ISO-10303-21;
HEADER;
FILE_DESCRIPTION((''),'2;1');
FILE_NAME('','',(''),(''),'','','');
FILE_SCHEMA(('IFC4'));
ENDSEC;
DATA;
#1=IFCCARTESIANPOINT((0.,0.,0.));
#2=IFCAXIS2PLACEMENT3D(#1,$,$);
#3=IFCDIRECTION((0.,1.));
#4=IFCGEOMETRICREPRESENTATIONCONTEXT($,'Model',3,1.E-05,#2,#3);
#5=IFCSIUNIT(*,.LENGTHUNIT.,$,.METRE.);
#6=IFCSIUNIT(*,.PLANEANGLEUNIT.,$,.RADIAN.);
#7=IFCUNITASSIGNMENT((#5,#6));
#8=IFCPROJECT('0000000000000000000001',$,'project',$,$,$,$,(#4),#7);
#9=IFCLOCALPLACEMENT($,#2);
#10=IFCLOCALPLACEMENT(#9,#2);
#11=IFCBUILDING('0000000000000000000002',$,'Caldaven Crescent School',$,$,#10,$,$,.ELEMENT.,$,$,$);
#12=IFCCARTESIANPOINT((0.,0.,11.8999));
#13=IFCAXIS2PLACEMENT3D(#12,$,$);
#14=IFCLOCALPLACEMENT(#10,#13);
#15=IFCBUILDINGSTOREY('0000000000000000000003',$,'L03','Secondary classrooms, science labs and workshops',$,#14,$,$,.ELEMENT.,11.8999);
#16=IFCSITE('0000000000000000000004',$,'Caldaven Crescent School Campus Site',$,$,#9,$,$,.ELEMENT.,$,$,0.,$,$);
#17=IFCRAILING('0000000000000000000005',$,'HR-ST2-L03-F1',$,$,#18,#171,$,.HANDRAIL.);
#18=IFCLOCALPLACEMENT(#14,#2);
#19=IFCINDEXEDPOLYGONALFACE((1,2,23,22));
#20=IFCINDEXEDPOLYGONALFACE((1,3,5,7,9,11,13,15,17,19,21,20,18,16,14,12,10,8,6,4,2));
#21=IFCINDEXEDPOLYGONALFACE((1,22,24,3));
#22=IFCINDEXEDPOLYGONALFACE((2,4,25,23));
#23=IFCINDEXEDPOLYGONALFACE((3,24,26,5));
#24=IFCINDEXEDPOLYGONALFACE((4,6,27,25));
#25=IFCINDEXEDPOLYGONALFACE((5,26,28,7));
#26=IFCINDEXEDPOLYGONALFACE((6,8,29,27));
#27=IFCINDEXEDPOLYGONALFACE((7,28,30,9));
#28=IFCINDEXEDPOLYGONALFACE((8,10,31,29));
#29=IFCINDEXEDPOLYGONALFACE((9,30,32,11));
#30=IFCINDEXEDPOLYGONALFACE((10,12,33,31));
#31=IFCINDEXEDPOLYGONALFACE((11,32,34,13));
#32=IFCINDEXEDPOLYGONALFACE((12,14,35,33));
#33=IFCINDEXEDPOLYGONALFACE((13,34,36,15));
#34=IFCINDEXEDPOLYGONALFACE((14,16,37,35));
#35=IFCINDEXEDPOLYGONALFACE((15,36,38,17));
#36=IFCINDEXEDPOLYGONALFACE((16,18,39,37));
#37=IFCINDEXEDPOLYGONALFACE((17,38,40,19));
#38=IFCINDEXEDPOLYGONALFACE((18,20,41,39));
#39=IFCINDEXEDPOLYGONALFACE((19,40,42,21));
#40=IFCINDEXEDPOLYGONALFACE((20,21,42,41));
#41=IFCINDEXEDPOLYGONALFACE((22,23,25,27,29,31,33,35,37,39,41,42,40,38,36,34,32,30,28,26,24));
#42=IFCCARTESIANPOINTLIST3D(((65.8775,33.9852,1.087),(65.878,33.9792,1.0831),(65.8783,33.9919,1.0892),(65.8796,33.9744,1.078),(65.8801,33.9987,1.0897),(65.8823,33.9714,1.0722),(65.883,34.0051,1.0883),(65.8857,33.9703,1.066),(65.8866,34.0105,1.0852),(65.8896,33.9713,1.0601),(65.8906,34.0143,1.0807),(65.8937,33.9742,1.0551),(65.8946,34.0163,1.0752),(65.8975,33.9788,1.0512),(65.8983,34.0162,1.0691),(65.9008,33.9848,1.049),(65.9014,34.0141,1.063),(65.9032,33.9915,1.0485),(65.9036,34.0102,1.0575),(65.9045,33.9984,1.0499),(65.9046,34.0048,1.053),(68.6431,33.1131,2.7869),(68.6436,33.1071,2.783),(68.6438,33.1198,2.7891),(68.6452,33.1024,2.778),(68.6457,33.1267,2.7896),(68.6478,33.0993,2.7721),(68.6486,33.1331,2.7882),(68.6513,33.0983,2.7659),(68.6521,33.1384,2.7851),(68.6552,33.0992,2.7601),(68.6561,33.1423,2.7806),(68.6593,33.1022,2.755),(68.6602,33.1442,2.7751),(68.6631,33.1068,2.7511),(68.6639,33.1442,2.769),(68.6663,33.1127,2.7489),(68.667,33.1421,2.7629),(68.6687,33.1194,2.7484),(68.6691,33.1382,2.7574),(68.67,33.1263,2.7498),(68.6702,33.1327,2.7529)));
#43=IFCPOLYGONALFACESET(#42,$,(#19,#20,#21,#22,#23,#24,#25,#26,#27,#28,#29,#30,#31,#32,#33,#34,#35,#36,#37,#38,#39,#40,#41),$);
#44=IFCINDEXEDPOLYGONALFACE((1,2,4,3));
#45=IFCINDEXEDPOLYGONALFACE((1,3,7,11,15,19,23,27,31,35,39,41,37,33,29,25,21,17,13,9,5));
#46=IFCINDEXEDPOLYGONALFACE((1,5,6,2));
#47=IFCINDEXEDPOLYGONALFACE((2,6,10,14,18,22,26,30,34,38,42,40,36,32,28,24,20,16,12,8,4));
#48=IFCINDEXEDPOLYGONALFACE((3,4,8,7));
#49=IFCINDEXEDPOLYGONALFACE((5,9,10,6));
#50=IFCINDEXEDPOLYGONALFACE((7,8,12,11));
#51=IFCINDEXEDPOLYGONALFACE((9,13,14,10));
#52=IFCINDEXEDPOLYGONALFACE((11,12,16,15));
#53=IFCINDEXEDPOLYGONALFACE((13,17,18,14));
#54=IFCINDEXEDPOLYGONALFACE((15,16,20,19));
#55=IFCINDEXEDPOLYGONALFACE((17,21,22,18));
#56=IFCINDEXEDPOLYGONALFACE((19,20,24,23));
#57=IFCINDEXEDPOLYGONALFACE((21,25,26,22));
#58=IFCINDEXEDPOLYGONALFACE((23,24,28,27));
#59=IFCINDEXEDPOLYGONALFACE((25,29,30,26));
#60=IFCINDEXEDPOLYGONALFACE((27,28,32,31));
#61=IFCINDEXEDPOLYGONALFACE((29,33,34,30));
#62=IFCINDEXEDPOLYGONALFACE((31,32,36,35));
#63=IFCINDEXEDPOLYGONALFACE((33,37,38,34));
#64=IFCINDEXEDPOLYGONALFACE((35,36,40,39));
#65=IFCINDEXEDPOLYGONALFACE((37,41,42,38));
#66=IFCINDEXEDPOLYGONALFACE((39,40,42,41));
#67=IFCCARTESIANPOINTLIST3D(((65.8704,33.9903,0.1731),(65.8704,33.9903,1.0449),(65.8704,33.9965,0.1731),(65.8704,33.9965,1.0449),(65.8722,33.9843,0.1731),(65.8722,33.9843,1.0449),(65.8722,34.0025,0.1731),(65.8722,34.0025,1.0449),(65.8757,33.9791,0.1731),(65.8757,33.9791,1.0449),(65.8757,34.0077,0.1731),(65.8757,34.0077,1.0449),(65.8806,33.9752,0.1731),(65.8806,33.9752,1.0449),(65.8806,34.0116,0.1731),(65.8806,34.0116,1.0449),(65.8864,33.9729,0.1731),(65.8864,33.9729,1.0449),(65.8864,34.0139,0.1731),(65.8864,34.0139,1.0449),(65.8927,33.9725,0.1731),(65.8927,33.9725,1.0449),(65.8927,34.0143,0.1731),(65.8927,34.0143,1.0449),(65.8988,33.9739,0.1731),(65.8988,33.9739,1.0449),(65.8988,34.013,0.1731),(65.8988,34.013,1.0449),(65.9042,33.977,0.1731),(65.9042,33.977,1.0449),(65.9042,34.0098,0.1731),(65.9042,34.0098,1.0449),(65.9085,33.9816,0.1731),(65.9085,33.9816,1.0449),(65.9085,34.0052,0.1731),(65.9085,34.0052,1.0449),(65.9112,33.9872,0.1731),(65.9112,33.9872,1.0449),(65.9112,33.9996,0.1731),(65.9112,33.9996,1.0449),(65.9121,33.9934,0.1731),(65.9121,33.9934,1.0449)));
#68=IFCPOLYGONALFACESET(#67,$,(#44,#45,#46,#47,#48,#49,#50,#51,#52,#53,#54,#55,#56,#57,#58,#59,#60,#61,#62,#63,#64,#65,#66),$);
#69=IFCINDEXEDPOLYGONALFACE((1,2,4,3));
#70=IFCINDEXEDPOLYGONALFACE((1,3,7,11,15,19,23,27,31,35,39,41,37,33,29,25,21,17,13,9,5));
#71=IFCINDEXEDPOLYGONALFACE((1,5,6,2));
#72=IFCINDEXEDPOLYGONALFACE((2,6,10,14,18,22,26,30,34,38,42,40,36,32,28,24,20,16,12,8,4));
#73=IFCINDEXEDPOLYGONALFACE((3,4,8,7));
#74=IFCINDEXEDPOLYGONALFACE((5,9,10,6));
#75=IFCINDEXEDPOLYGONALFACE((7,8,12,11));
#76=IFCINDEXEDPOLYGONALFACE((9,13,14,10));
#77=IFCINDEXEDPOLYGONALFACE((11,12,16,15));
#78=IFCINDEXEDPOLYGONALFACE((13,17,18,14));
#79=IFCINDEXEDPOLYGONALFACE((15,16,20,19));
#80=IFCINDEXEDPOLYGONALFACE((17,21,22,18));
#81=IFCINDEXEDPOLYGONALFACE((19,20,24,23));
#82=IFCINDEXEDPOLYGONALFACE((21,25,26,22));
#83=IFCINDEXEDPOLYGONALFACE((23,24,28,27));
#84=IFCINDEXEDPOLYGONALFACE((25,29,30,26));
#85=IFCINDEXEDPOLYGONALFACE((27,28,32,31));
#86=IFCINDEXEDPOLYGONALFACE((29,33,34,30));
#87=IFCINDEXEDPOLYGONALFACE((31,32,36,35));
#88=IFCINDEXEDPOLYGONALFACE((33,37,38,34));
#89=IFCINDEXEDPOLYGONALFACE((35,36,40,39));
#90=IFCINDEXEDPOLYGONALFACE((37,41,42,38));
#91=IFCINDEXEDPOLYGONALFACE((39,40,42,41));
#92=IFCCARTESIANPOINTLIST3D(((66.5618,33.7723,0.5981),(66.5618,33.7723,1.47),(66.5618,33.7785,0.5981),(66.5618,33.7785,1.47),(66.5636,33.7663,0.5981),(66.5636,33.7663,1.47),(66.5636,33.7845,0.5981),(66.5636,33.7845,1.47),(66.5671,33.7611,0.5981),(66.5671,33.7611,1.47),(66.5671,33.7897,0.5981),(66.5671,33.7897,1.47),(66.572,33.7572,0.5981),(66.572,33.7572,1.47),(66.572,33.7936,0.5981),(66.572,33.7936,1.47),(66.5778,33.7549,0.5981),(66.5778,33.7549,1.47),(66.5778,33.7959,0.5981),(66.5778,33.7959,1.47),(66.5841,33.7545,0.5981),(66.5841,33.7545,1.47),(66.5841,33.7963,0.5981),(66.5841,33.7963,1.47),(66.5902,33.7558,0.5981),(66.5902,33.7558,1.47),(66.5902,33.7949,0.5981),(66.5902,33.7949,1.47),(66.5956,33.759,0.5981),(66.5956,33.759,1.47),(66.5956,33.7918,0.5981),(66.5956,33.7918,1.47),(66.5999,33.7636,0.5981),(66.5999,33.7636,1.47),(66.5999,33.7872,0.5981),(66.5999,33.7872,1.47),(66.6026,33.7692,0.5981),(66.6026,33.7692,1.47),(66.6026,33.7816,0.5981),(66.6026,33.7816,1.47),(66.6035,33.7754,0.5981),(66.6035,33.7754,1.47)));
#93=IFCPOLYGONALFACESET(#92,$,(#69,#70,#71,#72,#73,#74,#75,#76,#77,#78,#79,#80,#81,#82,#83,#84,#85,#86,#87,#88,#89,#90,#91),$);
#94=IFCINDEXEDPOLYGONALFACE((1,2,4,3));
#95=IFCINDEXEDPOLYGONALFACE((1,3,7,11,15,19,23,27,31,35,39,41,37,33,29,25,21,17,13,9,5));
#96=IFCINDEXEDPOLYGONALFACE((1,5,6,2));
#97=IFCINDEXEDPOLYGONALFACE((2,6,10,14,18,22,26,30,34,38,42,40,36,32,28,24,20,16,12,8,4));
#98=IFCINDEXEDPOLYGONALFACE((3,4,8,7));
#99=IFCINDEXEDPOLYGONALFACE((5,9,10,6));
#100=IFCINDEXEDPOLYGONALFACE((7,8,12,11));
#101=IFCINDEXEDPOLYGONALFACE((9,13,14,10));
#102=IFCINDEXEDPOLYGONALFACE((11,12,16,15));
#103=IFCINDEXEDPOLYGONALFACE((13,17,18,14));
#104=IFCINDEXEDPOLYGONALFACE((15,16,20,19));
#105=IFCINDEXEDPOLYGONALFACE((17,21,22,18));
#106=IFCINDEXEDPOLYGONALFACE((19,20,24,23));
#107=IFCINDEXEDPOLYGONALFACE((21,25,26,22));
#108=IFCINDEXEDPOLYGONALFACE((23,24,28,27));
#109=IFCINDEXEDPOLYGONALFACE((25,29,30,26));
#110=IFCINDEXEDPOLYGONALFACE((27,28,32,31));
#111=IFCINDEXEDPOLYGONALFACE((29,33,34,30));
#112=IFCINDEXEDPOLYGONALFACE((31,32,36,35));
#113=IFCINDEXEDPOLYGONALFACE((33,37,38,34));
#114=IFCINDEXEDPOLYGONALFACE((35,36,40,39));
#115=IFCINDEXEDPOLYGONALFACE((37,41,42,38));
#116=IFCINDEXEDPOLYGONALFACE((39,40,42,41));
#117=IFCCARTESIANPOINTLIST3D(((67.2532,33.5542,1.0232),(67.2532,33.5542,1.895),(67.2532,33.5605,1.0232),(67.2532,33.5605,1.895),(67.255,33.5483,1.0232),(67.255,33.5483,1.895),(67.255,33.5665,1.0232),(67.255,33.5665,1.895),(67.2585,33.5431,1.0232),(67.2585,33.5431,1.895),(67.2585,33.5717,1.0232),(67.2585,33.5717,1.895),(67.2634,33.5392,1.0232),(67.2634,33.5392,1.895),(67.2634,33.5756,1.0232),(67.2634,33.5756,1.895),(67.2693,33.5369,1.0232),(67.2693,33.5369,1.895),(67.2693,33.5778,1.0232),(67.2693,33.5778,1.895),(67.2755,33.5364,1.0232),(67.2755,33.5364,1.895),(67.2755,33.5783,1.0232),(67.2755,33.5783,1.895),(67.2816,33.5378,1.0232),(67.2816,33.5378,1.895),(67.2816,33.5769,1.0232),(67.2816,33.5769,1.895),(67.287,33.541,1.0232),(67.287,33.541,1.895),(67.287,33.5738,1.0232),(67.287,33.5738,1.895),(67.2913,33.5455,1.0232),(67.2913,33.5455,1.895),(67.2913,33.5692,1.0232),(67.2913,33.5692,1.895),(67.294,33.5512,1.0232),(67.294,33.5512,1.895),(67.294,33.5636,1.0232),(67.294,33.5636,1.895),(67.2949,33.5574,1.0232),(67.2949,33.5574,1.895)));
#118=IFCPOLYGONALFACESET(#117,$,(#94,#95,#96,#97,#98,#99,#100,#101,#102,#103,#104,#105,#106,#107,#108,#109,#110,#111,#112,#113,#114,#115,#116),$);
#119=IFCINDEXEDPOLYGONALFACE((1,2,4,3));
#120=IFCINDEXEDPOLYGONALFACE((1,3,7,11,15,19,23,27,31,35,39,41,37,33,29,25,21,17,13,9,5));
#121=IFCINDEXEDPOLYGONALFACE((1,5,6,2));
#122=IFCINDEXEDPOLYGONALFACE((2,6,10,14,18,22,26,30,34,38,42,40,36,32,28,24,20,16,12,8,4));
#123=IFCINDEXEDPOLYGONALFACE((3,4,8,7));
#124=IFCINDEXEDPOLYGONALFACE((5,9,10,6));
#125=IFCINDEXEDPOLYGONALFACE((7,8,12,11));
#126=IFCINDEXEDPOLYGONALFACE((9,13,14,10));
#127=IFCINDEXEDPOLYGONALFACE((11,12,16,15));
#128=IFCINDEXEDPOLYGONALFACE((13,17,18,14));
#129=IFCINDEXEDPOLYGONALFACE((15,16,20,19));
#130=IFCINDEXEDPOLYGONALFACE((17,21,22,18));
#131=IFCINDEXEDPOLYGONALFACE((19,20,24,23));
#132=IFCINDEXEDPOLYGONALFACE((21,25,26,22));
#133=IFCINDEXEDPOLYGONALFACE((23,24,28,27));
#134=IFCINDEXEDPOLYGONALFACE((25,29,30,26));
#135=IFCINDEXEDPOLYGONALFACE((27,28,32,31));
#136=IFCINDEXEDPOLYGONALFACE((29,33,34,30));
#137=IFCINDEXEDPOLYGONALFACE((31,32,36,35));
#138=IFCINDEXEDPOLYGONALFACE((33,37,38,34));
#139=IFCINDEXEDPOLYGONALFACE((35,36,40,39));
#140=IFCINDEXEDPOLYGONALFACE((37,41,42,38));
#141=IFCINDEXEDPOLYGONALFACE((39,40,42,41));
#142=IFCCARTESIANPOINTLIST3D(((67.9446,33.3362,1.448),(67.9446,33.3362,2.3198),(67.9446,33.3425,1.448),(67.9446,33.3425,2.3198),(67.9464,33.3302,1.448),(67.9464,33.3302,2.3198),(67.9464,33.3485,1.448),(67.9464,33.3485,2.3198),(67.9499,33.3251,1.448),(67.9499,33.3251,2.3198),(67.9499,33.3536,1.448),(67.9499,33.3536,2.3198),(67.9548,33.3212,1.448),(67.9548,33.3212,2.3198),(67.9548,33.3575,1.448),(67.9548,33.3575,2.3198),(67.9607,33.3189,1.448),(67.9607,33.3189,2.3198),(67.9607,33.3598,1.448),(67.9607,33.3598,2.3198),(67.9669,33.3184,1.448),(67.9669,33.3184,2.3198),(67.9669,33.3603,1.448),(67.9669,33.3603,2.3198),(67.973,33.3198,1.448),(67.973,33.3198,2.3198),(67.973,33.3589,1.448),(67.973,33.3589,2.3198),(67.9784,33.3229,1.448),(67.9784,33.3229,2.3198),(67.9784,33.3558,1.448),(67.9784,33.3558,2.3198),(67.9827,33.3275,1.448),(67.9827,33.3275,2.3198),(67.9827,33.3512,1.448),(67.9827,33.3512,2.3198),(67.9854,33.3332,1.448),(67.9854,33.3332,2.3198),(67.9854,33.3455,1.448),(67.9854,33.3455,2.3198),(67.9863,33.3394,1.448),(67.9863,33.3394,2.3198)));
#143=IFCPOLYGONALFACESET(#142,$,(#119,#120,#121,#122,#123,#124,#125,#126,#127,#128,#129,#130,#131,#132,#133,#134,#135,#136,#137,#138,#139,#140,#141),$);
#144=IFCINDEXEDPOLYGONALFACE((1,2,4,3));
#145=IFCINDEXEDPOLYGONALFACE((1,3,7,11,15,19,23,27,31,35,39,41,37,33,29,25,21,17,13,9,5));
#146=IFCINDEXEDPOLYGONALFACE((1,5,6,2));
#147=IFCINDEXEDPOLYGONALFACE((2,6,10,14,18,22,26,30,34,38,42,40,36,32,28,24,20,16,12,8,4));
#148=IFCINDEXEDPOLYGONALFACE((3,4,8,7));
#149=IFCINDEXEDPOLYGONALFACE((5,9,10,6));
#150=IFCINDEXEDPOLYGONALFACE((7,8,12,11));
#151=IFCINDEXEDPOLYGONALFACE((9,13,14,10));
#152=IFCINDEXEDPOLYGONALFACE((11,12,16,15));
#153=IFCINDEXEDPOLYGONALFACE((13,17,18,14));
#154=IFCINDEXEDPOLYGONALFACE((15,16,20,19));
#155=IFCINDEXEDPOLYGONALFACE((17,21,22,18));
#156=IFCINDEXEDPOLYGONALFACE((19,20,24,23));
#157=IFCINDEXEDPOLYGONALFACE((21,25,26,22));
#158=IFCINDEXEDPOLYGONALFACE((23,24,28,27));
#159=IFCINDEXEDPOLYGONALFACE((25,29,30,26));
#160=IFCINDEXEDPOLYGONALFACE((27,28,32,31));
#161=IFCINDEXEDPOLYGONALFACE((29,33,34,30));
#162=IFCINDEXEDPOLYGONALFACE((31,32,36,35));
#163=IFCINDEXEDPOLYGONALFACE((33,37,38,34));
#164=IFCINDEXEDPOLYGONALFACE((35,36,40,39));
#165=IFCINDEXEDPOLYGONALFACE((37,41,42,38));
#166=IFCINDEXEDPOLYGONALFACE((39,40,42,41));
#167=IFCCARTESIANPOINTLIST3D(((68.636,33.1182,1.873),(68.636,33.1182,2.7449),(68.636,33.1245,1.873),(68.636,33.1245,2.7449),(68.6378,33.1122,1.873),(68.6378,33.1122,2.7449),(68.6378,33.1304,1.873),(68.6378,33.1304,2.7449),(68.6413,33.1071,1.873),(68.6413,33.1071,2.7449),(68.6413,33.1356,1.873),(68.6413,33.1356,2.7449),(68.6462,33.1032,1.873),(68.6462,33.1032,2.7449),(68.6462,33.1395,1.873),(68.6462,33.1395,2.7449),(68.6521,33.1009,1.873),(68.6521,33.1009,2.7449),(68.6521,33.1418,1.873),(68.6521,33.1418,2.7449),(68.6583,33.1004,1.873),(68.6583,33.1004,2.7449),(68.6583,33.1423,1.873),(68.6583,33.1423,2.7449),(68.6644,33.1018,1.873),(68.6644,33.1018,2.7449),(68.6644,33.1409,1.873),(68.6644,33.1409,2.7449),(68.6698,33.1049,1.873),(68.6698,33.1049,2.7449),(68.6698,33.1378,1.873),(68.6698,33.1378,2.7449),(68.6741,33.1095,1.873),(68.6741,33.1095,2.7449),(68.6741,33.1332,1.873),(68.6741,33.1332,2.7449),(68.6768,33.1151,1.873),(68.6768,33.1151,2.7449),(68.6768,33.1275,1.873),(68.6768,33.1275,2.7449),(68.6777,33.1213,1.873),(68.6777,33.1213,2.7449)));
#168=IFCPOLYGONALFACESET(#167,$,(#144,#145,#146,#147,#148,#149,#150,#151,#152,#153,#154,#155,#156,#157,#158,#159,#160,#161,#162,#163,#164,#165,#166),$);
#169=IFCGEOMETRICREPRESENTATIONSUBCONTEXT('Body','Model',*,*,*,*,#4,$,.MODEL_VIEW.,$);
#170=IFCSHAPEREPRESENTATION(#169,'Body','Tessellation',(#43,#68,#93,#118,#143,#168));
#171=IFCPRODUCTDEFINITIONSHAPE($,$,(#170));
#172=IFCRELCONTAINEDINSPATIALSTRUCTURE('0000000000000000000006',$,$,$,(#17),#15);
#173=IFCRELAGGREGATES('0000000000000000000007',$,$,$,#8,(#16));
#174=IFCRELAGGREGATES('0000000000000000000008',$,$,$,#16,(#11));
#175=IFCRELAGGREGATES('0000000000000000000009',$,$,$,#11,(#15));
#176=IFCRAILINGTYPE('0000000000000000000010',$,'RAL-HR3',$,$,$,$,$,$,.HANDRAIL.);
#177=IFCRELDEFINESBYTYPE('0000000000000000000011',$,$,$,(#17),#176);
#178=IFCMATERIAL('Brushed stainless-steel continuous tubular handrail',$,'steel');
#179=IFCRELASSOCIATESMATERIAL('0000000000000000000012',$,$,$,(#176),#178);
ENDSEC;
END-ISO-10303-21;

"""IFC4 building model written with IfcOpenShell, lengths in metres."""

from ifc_helpers import new_model, si_unit, direction, frame, origin, origin_2d, place, context, subcontext, project, spatial, circle, extrude, material, type_object, element, save


model = new_model("IFC4")

# Units and contexts
model_context = context("Model", 3, precision=1e-05, world=origin(), true_north=direction((0.0, 1.0)))
body_context = subcontext(model_context, "Body", "Model", "MODEL_VIEW")
ifc_project = project(units=[si_unit("LENGTHUNIT", "METRE"), si_unit("PLANEANGLEUNIT", "RADIAN")], contexts=[model_context])

# Site, building, storey
site_placement = place(None, origin())
site = spatial("IfcSite", under=ifc_project, at=site_placement, Name="Caldaven Crescent School Campus Site", CompositionType="ELEMENT", RefElevation=0.0)
building_placement = place(site_placement, origin())
building = spatial("IfcBuilding", under=site, at=building_placement, Name="Caldaven Crescent School", CompositionType="ELEMENT")
storey_placement = place(building_placement, frame((0.0, 0.0, 11.8999)))
storey = spatial("IfcBuildingStorey", under=building, at=storey_placement, Name="L03", Description="Secondary classrooms, science labs and workshops", CompositionType="ELEMENT", Elevation=11.8999)

# Railing
ifc_material_1 = material(Name="Brushed stainless-steel continuous tubular handrail", Category="steel")
railing_type_1 = type_object("IfcRailingType", Name="RAL-HR3", PredefinedType="HANDRAIL", material=ifc_material_1)
railing_1_placement = place(storey_placement, frame((65.8911, 33.9934, 0.1731)))
element("IfcRailing", 1, at=railing_1_placement, inside=storey, type_object=railing_type_1, Name="HR-ST2-L03-F1", PredefinedType="HANDRAIL", context=body_context, shape_type="SweptSolid", body=[
    extrude(circle(Radius=0.0239, at=origin_2d()), frame((0.0, 0.0, 0.896), z_axis=(0.822759, -0.259436, 0.505727), x_axis=(0.300728, 0.95371, 0.0)), (0.0, 0.0, 1.0), 3.3613),
    extrude(circle(Radius=0.021, at=origin_2d()), origin(), (0.0, 0.0, 1.0), 0.8718),
    extrude(circle(Radius=0.021, at=origin_2d()), frame((0.6914, -0.218, 0.425)), (0.0, 0.0, 1.0), 0.8718),
    extrude(circle(Radius=0.021, at=origin_2d()), frame((1.3828, -0.436, 0.8501)), (0.0, 0.0, 1.0), 0.8718),
    extrude(circle(Radius=0.021, at=origin_2d()), frame((2.0742, -0.6541, 1.2749)), (0.0, 0.0, 1.0), 0.8718),
    extrude(circle(Radius=0.021, at=origin_2d()), frame((2.7656, -0.8721, 1.7)), (0.0, 0.0, 1.0), 0.8718),
])

save(model, "model.ifc")
